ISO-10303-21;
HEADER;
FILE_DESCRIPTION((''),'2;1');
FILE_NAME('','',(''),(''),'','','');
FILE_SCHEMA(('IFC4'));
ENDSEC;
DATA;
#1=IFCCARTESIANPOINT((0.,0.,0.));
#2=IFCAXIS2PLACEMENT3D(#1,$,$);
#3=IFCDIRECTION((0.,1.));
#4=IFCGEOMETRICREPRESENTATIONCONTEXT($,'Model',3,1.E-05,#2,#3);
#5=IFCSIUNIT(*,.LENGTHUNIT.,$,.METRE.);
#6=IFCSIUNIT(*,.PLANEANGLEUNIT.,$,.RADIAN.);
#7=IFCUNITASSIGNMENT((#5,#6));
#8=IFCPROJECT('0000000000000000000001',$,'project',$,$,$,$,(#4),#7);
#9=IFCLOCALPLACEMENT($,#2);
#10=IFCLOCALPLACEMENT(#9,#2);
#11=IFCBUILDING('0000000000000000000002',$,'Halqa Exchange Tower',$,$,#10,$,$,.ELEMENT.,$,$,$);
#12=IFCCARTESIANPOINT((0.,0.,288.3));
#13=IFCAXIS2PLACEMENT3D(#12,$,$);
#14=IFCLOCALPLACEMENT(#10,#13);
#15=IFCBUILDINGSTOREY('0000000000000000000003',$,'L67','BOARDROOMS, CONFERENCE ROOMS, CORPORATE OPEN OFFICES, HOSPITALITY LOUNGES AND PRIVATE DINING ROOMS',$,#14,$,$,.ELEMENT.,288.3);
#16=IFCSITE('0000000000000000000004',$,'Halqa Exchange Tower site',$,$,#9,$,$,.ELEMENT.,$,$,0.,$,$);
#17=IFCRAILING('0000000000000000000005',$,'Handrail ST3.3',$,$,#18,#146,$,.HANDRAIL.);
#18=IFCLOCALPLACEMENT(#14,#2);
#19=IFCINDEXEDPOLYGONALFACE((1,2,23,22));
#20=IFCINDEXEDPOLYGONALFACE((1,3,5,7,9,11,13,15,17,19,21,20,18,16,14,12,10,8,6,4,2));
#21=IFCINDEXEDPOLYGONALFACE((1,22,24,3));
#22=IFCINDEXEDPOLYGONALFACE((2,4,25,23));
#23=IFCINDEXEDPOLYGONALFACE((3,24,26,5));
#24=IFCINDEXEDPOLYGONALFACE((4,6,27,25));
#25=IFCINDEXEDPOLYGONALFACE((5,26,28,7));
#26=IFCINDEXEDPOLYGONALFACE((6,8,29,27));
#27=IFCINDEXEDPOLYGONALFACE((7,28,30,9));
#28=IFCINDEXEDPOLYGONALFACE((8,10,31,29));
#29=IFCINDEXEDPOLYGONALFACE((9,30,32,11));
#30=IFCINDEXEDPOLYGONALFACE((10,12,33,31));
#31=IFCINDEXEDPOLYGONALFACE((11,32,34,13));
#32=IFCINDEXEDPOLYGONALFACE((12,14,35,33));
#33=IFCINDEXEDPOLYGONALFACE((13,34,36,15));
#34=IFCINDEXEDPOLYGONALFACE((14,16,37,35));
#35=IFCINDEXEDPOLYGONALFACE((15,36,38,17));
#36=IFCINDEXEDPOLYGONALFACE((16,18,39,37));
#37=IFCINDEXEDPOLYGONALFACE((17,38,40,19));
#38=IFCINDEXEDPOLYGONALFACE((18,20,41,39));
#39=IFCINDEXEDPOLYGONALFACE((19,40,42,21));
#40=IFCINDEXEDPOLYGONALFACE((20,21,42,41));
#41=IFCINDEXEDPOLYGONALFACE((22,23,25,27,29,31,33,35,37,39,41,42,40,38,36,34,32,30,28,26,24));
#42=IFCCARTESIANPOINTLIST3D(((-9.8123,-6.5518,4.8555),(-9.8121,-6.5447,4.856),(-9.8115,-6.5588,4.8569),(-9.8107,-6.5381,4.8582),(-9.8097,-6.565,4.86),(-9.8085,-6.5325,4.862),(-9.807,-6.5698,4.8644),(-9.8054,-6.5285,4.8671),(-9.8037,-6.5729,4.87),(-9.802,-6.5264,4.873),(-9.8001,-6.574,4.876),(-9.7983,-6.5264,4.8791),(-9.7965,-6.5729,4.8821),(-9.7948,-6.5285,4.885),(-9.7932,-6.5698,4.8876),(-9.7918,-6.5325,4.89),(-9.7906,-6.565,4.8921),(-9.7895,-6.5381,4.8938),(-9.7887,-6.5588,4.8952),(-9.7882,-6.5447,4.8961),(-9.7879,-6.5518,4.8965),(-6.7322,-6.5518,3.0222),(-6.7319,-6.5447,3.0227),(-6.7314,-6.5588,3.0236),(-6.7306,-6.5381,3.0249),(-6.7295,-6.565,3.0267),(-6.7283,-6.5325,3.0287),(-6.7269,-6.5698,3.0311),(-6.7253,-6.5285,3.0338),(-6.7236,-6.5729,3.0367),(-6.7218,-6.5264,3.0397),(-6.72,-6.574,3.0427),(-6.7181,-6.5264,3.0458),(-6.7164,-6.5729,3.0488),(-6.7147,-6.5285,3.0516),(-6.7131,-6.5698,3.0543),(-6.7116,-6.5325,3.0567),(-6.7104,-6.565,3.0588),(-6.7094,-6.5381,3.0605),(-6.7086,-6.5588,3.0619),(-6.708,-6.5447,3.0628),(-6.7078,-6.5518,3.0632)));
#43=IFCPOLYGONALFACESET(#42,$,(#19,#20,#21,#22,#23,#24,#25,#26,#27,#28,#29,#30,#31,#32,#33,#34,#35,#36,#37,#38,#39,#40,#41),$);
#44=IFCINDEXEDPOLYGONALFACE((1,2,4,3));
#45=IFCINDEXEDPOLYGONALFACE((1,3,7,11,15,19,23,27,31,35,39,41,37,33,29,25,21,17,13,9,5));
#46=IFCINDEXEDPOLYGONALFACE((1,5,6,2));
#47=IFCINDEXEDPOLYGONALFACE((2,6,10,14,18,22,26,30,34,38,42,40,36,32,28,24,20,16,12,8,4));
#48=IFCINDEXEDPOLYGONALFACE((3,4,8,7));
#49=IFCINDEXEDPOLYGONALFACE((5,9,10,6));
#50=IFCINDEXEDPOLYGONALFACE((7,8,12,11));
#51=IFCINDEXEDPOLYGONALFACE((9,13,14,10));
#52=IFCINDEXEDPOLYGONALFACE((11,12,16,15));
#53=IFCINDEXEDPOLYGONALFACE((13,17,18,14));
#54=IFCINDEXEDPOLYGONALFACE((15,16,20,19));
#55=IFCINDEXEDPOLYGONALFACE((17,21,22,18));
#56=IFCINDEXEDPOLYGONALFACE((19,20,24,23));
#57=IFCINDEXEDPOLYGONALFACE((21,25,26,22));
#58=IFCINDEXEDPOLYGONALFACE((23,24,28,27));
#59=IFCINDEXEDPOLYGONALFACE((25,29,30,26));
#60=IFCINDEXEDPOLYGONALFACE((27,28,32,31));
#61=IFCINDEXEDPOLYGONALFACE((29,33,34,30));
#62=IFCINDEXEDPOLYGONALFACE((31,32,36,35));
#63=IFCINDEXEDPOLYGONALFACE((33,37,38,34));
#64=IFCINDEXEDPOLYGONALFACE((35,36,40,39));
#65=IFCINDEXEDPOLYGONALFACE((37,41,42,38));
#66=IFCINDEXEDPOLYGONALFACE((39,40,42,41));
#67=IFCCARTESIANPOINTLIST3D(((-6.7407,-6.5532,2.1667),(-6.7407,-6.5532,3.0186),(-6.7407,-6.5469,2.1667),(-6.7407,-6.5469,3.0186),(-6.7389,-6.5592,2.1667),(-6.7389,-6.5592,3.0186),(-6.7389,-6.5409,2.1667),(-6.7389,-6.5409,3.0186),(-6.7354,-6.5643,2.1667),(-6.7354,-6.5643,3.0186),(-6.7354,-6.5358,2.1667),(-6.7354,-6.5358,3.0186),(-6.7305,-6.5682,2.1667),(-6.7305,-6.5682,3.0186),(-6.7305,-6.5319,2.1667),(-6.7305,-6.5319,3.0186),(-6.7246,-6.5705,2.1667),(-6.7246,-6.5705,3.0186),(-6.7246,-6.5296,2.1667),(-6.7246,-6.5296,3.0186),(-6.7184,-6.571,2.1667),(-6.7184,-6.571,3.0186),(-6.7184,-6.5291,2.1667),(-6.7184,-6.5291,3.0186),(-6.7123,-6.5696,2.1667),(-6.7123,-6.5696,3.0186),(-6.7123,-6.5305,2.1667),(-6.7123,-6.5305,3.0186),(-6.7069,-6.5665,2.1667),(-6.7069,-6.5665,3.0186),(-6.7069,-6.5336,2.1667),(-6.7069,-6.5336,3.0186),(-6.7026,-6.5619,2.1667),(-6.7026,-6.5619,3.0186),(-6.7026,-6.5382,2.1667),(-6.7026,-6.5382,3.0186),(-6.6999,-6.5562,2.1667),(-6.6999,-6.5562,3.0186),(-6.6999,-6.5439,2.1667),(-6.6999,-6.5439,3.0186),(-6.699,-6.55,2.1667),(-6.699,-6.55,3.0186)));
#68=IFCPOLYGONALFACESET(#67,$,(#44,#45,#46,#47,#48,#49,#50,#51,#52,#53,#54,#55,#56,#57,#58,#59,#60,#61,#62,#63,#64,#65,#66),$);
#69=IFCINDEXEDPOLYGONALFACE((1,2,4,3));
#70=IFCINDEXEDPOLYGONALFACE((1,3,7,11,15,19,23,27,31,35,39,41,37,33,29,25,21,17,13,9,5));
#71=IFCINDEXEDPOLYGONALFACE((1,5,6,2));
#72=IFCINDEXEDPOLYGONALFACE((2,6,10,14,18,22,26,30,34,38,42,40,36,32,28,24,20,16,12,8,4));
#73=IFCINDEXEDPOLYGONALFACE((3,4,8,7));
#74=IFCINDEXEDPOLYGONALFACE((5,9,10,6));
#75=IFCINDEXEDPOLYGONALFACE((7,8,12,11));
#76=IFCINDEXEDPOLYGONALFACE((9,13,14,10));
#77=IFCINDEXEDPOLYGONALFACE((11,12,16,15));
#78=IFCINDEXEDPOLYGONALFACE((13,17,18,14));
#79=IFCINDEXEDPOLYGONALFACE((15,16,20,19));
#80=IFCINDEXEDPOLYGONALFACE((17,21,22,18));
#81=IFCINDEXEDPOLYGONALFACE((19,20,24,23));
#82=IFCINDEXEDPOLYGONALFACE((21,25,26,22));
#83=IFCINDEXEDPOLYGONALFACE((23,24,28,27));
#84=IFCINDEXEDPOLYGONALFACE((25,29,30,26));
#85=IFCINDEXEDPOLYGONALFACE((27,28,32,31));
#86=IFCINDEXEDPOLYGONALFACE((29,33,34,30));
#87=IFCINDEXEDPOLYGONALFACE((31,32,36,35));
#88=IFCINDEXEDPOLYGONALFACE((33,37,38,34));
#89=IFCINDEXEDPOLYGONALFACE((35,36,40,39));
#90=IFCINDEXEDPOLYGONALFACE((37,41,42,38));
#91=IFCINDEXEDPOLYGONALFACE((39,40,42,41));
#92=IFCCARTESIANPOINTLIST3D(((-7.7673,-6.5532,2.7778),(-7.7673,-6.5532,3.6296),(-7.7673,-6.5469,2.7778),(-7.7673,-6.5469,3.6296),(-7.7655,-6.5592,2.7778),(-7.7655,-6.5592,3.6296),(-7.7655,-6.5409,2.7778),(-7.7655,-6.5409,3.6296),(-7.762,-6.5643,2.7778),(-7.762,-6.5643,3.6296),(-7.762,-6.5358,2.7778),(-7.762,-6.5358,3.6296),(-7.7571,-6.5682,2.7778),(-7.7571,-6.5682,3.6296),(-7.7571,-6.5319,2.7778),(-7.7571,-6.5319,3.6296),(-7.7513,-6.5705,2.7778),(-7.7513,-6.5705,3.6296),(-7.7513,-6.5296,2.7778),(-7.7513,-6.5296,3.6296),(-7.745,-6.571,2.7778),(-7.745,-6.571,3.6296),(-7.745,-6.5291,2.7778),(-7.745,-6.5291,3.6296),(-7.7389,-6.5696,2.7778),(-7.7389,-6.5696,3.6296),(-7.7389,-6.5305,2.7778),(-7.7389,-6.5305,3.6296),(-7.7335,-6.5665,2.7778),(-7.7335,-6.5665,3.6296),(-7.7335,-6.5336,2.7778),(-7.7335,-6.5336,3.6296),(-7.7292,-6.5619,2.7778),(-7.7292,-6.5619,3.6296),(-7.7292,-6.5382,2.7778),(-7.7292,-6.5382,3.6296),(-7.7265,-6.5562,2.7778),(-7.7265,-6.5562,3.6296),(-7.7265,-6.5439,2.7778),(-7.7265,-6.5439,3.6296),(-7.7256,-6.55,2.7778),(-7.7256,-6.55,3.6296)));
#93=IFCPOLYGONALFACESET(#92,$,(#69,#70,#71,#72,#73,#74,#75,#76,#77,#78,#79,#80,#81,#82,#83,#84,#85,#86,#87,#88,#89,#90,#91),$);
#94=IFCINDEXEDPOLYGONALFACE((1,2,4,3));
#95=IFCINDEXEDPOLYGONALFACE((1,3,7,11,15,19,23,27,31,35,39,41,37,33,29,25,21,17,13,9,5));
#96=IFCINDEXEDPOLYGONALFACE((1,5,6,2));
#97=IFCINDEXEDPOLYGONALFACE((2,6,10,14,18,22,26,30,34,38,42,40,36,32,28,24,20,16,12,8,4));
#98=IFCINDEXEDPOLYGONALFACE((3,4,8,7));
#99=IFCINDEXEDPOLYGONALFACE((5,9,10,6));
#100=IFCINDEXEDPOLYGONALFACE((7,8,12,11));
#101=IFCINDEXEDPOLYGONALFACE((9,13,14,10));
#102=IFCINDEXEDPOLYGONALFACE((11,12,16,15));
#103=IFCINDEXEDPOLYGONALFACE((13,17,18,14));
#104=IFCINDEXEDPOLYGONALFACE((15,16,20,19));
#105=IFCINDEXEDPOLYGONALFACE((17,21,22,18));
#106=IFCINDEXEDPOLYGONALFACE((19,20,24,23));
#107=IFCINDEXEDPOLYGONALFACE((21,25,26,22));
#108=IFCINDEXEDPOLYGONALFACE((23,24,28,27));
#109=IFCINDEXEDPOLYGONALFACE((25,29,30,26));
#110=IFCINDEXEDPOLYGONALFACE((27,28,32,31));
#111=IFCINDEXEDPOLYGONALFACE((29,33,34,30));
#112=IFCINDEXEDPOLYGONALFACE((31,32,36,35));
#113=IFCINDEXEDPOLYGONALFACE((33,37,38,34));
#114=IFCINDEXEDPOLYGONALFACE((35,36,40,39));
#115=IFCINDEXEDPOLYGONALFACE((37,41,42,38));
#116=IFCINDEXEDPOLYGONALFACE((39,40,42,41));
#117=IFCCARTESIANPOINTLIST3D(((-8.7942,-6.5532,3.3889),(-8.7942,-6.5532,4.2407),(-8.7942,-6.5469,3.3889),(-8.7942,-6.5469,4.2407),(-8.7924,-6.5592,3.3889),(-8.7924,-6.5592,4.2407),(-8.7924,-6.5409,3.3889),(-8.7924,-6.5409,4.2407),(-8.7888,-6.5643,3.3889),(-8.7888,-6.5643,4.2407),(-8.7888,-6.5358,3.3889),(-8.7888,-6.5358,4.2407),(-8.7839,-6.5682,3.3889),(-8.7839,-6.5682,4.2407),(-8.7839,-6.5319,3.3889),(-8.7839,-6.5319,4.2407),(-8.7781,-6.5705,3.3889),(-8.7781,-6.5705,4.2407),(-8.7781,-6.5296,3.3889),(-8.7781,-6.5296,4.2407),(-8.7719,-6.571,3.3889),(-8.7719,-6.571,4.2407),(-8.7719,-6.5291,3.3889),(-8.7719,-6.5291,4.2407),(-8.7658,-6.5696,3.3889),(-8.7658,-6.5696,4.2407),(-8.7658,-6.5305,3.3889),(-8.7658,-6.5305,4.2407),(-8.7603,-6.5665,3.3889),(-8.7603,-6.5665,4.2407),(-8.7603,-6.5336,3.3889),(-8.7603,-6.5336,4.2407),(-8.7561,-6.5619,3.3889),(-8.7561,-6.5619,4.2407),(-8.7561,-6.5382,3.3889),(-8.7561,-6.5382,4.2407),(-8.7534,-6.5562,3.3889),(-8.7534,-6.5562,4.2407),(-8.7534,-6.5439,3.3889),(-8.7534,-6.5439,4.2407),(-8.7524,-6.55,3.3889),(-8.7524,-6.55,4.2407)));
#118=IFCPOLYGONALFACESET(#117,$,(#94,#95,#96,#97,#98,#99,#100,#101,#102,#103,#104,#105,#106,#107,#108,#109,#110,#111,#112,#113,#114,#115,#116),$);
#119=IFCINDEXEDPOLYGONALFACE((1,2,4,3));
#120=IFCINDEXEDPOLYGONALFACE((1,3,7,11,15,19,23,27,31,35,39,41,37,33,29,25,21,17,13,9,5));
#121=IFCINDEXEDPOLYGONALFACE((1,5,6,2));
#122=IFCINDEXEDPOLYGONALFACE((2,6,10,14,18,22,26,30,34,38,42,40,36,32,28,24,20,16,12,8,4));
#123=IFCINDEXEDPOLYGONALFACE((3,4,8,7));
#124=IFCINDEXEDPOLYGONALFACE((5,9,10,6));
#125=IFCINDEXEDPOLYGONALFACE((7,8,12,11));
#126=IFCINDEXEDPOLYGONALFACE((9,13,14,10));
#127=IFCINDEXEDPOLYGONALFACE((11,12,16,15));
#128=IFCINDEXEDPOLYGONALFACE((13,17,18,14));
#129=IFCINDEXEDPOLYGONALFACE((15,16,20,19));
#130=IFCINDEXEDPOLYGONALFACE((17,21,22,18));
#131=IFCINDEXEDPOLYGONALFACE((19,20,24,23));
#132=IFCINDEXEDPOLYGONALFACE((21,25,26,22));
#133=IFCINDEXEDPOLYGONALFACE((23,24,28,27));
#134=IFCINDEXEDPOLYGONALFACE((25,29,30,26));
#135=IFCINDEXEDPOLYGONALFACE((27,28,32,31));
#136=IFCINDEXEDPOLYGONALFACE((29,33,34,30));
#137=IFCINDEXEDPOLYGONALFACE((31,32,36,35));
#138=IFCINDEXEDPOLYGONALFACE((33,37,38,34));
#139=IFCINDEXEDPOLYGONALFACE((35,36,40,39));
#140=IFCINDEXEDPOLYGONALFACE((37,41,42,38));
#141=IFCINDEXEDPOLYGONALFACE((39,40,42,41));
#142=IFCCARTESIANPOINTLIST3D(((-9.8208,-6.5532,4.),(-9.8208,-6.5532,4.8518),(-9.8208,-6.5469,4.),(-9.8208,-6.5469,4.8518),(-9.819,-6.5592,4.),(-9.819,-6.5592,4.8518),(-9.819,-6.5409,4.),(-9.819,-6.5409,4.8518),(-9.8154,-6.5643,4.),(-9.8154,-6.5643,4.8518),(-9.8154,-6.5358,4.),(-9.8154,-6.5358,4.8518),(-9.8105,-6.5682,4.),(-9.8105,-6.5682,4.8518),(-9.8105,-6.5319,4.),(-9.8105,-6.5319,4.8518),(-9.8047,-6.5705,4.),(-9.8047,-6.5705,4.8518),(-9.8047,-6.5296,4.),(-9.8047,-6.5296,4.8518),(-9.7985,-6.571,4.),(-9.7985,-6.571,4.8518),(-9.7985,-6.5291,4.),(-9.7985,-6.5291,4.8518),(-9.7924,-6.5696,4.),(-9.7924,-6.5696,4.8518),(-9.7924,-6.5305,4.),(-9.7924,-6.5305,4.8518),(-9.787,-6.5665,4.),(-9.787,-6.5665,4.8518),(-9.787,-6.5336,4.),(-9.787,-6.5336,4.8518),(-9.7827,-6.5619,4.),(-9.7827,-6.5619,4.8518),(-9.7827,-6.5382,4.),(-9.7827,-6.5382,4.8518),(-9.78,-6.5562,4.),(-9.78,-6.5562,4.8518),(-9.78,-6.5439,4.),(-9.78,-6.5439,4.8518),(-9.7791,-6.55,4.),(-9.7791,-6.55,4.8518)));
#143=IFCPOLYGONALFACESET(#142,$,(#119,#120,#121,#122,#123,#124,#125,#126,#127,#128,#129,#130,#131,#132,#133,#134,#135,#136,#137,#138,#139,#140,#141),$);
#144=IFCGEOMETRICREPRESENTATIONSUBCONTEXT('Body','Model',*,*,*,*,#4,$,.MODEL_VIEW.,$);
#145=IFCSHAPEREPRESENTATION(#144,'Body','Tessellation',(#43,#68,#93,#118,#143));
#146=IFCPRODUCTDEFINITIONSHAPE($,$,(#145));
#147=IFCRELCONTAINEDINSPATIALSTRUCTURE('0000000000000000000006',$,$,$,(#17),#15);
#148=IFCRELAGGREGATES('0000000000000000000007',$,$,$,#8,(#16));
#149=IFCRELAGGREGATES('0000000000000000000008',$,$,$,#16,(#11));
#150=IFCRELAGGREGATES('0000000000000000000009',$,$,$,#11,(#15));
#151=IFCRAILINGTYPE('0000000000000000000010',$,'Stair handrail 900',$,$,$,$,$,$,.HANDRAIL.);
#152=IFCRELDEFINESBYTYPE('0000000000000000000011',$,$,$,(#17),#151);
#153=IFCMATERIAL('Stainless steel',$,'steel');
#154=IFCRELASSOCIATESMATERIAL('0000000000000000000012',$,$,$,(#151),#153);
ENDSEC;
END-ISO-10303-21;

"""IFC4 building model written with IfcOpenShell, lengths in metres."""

from ifc_helpers import new_model, si_unit, direction, frame, origin, origin_2d, place, context, subcontext, project, spatial, circle, extrude, material, type_object, element, save


model = new_model("IFC4")

# Units and contexts
model_context = context("Model", 3, precision=1e-05, world=origin(), true_north=direction((0.0, 1.0)))
body_context = subcontext(model_context, "Body", "Model", "MODEL_VIEW")
ifc_project = project(units=[si_unit("LENGTHUNIT", "METRE"), si_unit("PLANEANGLEUNIT", "RADIAN")], contexts=[model_context])

# Site, building, storey
site_placement = place(None, origin())
site = spatial("IfcSite", under=ifc_project, at=site_placement, Name="Halqa Exchange Tower site", CompositionType="ELEMENT", RefElevation=0.0)
building_placement = place(site_placement, origin())
building = spatial("IfcBuilding", under=site, at=building_placement, Name="Halqa Exchange Tower", CompositionType="ELEMENT")
storey_placement = place(building_placement, frame((0.0, 0.0, 288.3)))
storey = spatial("IfcBuildingStorey", under=building, at=storey_placement, Name="L67", Description="BOARDROOMS, CONFERENCE ROOMS, CORPORATE OPEN OFFICES, HOSPITALITY LOUNGES AND PRIVATE DINING ROOMS", CompositionType="ELEMENT", Elevation=288.3)

# Shared definitions
ifc_material_1 = material(Name="Stainless steel", Category="steel")

# Railing
railing_type_1 = type_object("IfcRailingType", Name="Stair handrail 900", PredefinedType="HANDRAIL", material=ifc_material_1)
railing_1_placement = place(storey_placement, frame((-6.72, -6.55, 2.1667)))
element("IfcRailing", 1, at=railing_1_placement, inside=storey, type_object=railing_type_1, Name="Handrail ST3.3", PredefinedType="HANDRAIL", context=body_context, shape_type="SweptSolid", body=[
    extrude(circle(Radius=0.0239, at=origin_2d()), frame((0.0, 0.0, 0.876), z_axis=(-0.859309, 0.0, 0.511458), x_axis=(0.0, -1.0, 0.0)), (0.0, 0.0, 1.0), 3.5845),
    extrude(circle(Radius=0.021, at=origin_2d()), origin(), (0.0, 0.0, 1.0), 0.8518),
    extrude(circle(Radius=0.021, at=origin_2d()), frame((-1.0266, 0.0, 0.6111)), (0.0, 0.0, 1.0), 0.8518),
    extrude(circle(Radius=0.021, at=origin_2d()), frame((-2.0535, 0.0, 1.2222)), (0.0, 0.0, 1.0), 0.8518),
    extrude(circle(Radius=0.021, at=origin_2d()), frame((-3.0801, 0.0, 1.8333)), (0.0, 0.0, 1.0), 0.8518),
])

save(model, "model.ifc")
